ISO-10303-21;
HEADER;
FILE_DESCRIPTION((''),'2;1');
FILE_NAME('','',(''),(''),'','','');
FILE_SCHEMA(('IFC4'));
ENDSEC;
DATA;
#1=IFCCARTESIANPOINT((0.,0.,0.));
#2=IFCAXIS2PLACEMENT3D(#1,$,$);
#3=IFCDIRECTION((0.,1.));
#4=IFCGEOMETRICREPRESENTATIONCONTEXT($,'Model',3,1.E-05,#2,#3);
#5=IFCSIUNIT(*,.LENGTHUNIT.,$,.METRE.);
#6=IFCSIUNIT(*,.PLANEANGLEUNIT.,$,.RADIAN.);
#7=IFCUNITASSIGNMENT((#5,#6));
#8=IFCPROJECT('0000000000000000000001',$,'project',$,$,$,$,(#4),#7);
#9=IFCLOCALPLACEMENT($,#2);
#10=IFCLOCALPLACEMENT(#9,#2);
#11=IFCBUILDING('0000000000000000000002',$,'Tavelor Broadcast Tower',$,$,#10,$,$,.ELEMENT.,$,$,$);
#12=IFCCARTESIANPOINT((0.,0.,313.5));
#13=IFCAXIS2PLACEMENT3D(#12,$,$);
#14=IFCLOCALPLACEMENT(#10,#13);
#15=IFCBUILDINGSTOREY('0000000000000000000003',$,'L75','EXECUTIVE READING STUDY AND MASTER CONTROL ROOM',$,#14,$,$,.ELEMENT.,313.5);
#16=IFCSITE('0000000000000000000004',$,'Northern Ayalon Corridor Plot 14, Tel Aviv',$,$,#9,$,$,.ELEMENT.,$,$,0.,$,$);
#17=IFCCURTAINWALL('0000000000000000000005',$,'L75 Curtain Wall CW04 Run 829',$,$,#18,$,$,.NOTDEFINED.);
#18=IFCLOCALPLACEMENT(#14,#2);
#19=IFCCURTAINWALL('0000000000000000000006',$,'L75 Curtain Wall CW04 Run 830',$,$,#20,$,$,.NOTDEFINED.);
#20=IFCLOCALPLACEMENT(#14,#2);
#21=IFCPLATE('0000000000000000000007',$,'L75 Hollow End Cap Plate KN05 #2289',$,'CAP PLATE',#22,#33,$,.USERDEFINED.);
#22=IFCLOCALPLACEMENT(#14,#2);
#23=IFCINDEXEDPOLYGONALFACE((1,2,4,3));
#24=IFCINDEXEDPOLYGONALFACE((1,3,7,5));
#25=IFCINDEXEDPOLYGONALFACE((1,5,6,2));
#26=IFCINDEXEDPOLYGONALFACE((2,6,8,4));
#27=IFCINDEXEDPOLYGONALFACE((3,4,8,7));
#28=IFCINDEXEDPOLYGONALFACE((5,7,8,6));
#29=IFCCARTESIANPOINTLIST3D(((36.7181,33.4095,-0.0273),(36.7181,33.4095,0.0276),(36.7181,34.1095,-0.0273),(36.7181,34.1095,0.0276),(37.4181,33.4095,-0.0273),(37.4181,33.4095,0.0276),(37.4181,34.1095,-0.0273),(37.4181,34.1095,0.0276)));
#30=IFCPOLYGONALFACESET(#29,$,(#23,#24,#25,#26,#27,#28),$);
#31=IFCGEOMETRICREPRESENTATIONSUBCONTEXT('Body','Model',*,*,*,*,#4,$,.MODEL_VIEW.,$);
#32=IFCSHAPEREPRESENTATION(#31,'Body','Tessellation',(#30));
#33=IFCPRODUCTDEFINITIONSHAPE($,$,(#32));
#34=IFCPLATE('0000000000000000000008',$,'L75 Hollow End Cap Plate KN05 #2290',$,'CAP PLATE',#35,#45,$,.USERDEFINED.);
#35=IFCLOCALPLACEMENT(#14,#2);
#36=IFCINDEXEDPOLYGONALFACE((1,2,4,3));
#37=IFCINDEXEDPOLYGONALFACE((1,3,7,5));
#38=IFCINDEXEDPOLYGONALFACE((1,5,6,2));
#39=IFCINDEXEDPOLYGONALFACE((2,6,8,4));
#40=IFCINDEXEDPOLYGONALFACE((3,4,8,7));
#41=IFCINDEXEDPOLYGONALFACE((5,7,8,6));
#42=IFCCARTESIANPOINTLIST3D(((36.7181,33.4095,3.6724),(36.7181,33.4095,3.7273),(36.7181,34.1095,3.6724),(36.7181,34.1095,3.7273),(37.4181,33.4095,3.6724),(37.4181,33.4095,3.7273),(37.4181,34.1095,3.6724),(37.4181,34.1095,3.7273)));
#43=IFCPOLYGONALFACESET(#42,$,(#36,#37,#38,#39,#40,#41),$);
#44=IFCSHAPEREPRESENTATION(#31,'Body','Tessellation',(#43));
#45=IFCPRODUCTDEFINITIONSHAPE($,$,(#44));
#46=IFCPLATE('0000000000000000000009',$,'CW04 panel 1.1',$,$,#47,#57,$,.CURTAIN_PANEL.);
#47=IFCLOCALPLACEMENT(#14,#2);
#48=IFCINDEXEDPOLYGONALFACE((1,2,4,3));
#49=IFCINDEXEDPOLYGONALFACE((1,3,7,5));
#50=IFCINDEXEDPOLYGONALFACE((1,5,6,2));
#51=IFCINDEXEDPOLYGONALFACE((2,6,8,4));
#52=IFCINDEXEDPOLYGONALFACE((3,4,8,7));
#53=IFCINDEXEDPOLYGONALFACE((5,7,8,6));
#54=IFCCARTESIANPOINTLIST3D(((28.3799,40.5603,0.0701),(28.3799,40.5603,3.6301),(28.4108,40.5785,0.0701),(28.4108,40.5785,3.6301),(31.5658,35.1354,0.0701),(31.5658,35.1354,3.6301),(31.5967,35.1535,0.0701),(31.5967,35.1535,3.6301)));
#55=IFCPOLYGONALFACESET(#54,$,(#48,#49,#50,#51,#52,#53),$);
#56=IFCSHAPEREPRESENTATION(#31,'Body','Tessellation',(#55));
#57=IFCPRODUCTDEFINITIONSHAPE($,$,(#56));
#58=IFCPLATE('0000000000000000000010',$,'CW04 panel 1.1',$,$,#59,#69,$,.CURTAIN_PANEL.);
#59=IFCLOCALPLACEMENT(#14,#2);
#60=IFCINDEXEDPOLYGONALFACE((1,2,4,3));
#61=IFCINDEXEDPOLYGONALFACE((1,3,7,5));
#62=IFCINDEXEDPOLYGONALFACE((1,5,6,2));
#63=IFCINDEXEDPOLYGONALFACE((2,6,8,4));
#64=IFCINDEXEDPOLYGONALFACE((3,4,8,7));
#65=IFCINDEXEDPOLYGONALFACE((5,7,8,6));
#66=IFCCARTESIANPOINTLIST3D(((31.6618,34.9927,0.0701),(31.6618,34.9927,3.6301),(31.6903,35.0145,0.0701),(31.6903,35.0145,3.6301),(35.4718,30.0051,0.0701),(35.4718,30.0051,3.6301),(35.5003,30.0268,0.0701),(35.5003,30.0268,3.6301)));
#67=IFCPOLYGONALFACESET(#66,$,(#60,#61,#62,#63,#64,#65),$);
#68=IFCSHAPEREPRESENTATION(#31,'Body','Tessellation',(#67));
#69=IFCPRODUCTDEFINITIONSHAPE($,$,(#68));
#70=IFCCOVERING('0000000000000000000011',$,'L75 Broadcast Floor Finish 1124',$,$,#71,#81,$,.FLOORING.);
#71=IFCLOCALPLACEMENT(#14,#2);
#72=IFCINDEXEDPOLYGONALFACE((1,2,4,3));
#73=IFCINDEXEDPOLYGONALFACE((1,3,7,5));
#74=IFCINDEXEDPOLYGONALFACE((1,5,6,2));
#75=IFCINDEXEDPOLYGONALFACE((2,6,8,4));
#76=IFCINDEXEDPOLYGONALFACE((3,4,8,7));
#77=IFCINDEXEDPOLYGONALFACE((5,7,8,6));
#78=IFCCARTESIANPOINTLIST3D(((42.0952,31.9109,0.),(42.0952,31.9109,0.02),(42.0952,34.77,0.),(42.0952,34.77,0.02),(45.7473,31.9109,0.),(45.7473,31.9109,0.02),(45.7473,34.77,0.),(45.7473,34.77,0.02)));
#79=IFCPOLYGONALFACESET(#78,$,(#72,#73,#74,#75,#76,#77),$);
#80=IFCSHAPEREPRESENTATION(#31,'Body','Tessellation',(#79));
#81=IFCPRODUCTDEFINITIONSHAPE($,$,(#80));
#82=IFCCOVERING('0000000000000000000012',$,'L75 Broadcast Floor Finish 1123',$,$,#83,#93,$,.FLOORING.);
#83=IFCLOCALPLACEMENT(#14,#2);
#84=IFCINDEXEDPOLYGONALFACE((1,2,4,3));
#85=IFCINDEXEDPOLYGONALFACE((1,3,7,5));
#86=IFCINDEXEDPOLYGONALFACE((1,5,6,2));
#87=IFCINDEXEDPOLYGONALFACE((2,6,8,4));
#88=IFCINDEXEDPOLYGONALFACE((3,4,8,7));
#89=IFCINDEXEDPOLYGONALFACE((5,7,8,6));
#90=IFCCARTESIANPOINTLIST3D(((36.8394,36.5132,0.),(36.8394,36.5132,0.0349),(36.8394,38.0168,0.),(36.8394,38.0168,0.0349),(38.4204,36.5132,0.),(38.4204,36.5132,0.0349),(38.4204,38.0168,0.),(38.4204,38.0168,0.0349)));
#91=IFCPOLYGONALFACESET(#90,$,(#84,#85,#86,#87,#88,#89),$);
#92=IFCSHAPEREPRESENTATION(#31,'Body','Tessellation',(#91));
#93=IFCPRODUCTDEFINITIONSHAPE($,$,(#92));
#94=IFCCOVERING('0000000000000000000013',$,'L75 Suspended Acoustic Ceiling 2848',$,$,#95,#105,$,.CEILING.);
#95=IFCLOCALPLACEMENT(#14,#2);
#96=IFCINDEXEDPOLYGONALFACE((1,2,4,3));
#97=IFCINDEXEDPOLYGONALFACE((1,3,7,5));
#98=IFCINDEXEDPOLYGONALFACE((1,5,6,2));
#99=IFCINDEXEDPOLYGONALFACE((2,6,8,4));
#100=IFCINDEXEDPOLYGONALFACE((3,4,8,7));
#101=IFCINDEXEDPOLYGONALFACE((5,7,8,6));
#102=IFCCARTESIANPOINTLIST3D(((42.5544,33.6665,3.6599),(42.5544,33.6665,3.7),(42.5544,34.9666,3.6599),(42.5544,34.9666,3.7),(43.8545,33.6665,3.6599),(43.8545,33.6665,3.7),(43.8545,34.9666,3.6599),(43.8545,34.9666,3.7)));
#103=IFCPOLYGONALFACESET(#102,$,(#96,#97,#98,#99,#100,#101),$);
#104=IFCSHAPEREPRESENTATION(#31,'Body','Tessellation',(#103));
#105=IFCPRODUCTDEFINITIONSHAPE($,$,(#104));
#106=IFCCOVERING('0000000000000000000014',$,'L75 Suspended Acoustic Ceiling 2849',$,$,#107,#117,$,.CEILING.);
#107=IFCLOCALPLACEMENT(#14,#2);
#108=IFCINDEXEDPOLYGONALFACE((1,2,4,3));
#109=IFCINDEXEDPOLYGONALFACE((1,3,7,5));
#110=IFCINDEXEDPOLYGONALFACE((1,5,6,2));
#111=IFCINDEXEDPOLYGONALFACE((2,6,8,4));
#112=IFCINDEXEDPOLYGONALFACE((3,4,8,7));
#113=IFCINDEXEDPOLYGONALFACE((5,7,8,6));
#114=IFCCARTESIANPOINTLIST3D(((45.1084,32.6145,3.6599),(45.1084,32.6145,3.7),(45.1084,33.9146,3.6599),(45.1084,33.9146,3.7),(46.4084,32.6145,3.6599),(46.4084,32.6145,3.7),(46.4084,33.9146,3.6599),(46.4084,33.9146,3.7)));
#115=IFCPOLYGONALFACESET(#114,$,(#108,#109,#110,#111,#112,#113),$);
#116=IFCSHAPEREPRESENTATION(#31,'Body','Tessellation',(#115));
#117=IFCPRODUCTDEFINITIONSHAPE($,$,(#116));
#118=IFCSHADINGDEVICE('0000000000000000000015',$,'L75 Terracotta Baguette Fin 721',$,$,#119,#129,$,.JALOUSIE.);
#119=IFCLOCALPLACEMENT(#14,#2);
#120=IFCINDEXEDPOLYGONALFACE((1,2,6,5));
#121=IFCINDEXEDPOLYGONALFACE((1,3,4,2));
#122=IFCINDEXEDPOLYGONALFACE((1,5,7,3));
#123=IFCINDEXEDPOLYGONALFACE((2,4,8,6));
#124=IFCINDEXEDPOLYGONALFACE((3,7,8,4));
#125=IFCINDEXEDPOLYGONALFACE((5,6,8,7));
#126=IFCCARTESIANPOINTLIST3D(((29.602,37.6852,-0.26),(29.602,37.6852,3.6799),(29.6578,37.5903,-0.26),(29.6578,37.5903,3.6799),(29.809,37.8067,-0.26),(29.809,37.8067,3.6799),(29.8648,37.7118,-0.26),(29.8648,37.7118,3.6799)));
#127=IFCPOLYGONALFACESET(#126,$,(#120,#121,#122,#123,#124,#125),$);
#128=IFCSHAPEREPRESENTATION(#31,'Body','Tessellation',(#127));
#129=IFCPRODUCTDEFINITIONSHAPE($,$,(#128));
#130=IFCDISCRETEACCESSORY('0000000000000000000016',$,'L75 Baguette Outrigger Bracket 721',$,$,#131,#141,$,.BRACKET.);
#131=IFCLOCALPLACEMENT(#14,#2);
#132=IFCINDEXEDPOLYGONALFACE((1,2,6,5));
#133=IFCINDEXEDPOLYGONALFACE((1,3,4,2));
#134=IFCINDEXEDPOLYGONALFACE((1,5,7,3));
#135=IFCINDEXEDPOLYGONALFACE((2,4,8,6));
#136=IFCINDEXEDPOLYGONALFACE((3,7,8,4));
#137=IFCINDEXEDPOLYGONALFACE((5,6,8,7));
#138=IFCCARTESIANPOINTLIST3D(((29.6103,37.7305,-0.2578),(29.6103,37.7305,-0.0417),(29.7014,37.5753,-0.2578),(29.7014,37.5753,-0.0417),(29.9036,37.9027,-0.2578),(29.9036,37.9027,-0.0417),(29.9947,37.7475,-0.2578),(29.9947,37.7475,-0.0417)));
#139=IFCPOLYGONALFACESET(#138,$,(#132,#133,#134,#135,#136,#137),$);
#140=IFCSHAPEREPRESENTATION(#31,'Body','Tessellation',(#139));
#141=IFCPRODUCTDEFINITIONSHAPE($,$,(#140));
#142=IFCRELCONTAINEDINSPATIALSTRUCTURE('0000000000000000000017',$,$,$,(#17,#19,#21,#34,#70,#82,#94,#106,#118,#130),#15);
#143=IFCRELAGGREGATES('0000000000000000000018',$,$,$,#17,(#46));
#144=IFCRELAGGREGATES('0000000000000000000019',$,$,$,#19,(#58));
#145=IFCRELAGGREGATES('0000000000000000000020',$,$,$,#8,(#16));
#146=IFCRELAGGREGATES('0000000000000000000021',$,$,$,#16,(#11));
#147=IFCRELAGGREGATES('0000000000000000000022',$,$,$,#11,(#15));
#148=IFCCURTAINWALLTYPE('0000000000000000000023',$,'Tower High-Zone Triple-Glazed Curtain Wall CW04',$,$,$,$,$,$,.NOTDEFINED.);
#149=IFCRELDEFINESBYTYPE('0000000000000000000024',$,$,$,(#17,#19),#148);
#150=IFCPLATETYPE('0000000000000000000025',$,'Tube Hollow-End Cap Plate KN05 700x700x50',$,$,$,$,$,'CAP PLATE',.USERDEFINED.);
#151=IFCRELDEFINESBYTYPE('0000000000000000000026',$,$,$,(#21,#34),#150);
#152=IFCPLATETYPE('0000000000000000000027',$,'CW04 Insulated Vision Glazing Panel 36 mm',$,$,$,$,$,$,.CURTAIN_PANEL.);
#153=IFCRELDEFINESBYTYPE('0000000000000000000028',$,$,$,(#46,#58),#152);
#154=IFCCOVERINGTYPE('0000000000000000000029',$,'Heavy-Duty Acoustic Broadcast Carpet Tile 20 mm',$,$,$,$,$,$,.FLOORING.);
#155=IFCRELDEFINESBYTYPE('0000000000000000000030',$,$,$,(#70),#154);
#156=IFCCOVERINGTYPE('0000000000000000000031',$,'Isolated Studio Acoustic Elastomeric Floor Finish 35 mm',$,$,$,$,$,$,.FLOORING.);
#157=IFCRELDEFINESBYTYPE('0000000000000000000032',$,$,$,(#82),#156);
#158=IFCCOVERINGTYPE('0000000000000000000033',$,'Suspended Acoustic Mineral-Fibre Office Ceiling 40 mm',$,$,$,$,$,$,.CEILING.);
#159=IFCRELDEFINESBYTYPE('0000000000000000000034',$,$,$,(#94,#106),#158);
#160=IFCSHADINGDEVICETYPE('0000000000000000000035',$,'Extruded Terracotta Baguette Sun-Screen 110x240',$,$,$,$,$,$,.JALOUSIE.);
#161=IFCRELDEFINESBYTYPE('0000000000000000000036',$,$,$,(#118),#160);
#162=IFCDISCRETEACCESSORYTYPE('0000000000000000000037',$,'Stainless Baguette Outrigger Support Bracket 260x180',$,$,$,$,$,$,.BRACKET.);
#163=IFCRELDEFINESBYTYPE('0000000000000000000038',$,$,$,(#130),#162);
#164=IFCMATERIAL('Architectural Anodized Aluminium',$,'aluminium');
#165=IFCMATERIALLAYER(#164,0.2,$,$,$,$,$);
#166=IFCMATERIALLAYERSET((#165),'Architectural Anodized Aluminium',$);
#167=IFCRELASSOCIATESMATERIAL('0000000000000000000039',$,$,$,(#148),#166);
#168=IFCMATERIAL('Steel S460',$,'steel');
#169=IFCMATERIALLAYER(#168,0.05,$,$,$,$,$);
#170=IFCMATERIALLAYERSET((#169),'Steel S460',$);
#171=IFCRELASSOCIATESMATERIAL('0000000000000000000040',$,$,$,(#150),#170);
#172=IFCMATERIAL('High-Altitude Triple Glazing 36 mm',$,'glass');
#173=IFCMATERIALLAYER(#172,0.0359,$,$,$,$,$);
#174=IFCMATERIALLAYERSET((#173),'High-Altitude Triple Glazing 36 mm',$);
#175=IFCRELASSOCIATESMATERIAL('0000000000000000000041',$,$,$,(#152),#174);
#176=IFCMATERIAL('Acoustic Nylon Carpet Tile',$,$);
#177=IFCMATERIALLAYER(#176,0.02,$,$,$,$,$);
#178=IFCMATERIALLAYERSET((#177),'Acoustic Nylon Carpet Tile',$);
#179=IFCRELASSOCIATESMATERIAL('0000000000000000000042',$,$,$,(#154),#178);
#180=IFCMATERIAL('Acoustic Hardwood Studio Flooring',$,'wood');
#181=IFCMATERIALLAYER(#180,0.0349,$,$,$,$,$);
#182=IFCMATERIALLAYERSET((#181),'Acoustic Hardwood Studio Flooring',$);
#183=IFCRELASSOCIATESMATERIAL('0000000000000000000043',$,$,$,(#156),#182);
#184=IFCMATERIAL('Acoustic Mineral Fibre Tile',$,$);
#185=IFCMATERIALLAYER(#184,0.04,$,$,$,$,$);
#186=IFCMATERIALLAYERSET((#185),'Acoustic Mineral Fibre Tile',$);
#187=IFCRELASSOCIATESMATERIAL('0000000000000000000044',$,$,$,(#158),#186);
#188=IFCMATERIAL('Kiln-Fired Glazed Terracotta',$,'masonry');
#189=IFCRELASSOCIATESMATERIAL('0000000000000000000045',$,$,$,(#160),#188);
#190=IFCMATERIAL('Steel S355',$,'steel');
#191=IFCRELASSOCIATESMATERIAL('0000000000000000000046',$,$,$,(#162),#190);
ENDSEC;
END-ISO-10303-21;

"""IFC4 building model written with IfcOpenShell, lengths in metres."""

from ifc_helpers import new_model, si_unit, direction, frame, origin, origin_2d, place, context, subcontext, project, spatial, polyline, rectangle, outline, extrude, source, transform, mapped, material, layer, layer_set, type_object, type_shapes, element, aggregate, save


model = new_model("IFC4")

# Units and contexts
model_context = context("Model", 3, precision=1e-05, world=origin(), true_north=direction((0.0, 1.0)))
body_context = subcontext(model_context, "Body", "Model", "MODEL_VIEW")
ifc_project = project(units=[si_unit("LENGTHUNIT", "METRE"), si_unit("PLANEANGLEUNIT", "RADIAN")], contexts=[model_context])

# Site, building, storey
site_placement = place(None, origin())
site = spatial("IfcSite", under=ifc_project, at=site_placement, Name="Northern Ayalon Corridor Plot 14, Tel Aviv", CompositionType="ELEMENT", RefElevation=0.0)
building_placement = place(site_placement, origin())
building = spatial("IfcBuilding", under=site, at=building_placement, Name="Tavelor Broadcast Tower", CompositionType="ELEMENT")
storey_placement = place(building_placement, frame((0.0, 0.0, 313.5)))
storey = spatial("IfcBuildingStorey", under=building, at=storey_placement, Name="L75", Description="EXECUTIVE READING STUDY AND MASTER CONTROL ROOM", CompositionType="ELEMENT", Elevation=313.5)

# Shared definitions
ifc_material_1 = material(Name="Steel S460", Category="steel")

# Shared definitions
ifc_material_2 = material(Name="Steel S355", Category="steel")

# Curtain wall
ifc_material_3 = material(Name="Architectural Anodized Aluminium", Category="aluminium")
ifc_layer_1 = layer(ifc_material_3, 0.2)
ifc_layer_set_1 = layer_set([ifc_layer_1], Name="Architectural Anodized Aluminium")
curtain_wall_type = type_object("IfcCurtainWallType", Name="Tower High-Zone Triple-Glazed Curtain Wall CW04", PredefinedType="NOTDEFINED", material=ifc_layer_set_1)
curtain_wall_1_placement = place(storey_placement, origin())
curtain_wall_1 = element("IfcCurtainWall", 1, at=curtain_wall_1_placement, inside=storey, type_object=curtain_wall_type, Name="L75 Curtain Wall CW04 Run 829", PredefinedType="NOTDEFINED")

# Curtain wall
curtain_wall_2_placement = place(storey_placement, origin())
curtain_wall_2 = element("IfcCurtainWall", 2, at=curtain_wall_2_placement, inside=storey, type_object=curtain_wall_type, Name="L75 Curtain Wall CW04 Run 830", PredefinedType="NOTDEFINED")

# Plates
ifc_layer_2 = layer(ifc_material_1, 0.05)
ifc_layer_set_2 = layer_set([ifc_layer_2], Name="Steel S460")
plate_type_1 = type_object("IfcPlateType", Name="Tube Hollow-End Cap Plate KN05 700x700x50", ElementType="CAP PLATE", PredefinedType="USERDEFINED", material=ifc_layer_set_2)
shared_shape_1 = source(origin(), body_context, "Body", "SweptSolid", [
    extrude(rectangle(XDim=0.7, YDim=0.7, at=origin_2d()), origin(), (0.0, 0.0, 1.0), 0.0549),
])
type_shapes(plate_type_1, [shared_shape_1])
for number, where, z_axis, x_axis, name in (
    (3, (37.0681, 33.7595, -0.0273), (0.0, 0.0, 1.0), (1.0, 0.0, 0.0), "L75 Hollow End Cap Plate KN05 #2289"),
    (4, (37.0681, 33.7595, 3.6724), (0.0, 0.0, 1.0), (1.0, 0.0, 0.0), "L75 Hollow End Cap Plate KN05 #2290"),
):
    element("IfcPlate", number, at=place(storey_placement, frame(where, z_axis=z_axis, x_axis=x_axis)), inside=storey, type_object=plate_type_1, Name=name, ObjectType="CAP PLATE", PredefinedType="USERDEFINED", context=body_context, shape_type="MappedRepresentation", body=[
        mapped(shared_shape_1, transform((0.0, 0.0, 0.0), scale=1.0)),
    ])

# Plates
ifc_material_4 = material(Name="High-Altitude Triple Glazing 36 mm", Category="glass")
ifc_layer_3 = layer(ifc_material_4, 0.0359)
ifc_layer_set_3 = layer_set([ifc_layer_3], Name="High-Altitude Triple Glazing 36 mm")
plate_type_2 = type_object("IfcPlateType", Name="CW04 Insulated Vision Glazing Panel 36 mm", PredefinedType="CURTAIN_PANEL", material=ifc_layer_set_3)
shared_shape_2 = source(origin(), body_context, "Body", "SweptSolid", [
    extrude(rectangle(XDim=6.2913, YDim=0.0359, at=origin_2d()), origin(), (0.0, 0.0, 1.0), 3.5601),
])
plate_1_placement = place(storey_placement, frame((29.9883, 37.8569, 0.0701), z_axis=(0.0, 0.0, 1.0), x_axis=(0.506399, -0.862299, 0.0)))
plate_1 = element("IfcPlate", 5, at=plate_1_placement, type_object=plate_type_2, Name="CW04 panel 1.1", PredefinedType="CURTAIN_PANEL", context=body_context, shape_type="MappedRepresentation", body=[
    mapped(shared_shape_2, transform((0.0, 0.0, 0.0), scale=1.0)),
])
aggregate(curtain_wall_1, [plate_1])
shared_shape_3 = source(origin(), body_context, "Body", "SweptSolid", [
    extrude(rectangle(XDim=6.2764, YDim=0.0359, at=origin_2d()), origin(), (0.0, 0.0, 1.0), 3.5601),
])
type_shapes(plate_type_2, [shared_shape_2, shared_shape_3])
plate_2_placement = place(storey_placement, frame((33.5811, 32.5098, 0.0701), z_axis=(0.0, 0.0, 1.0), x_axis=(0.607041, -0.79467, 0.0)))
plate_2 = element("IfcPlate", 6, at=plate_2_placement, type_object=plate_type_2, Name="CW04 panel 1.1", PredefinedType="CURTAIN_PANEL", context=body_context, shape_type="MappedRepresentation", body=[
    mapped(shared_shape_3, transform((0.0, 0.0, 0.0), scale=1.0)),
])
aggregate(curtain_wall_2, [plate_2])

# Coverings
ifc_material_5 = material(Name="Acoustic Nylon Carpet Tile")
ifc_layer_4 = layer(ifc_material_5, 0.02)
ifc_layer_set_4 = layer_set([ifc_layer_4], Name="Acoustic Nylon Carpet Tile")
covering_type_1 = type_object("IfcCoveringType", Name="Heavy-Duty Acoustic Broadcast Carpet Tile 20 mm", PredefinedType="FLOORING", material=ifc_layer_set_4)
covering_1_placement = place(storey_placement, origin())
element("IfcCovering", 7, at=covering_1_placement, inside=storey, type_object=covering_type_1, Name="L75 Broadcast Floor Finish 1124", PredefinedType="FLOORING", context=body_context, shape_type="SweptSolid", body=[
    extrude(outline(polyline([(42.0952, 31.9109), (45.7473, 31.9109), (45.7473, 34.77), (42.0952, 34.77), (42.0952, 31.9109)])), origin(), (0.0, 0.0, 1.0), 0.02),
])
ifc_material_6 = material(Name="Acoustic Hardwood Studio Flooring", Category="wood")
ifc_layer_5 = layer(ifc_material_6, 0.0349)
ifc_layer_set_5 = layer_set([ifc_layer_5], Name="Acoustic Hardwood Studio Flooring")
covering_type_2 = type_object("IfcCoveringType", Name="Isolated Studio Acoustic Elastomeric Floor Finish 35 mm", PredefinedType="FLOORING", material=ifc_layer_set_5)
covering_2_placement = place(storey_placement, origin())
element("IfcCovering", 8, at=covering_2_placement, inside=storey, type_object=covering_type_2, Name="L75 Broadcast Floor Finish 1123", PredefinedType="FLOORING", context=body_context, shape_type="SweptSolid", body=[
    extrude(outline(polyline([(36.8394, 36.5132), (38.4204, 36.5132), (38.4204, 38.0168), (36.8394, 38.0168), (36.8394, 36.5132)])), origin(), (0.0, 0.0, 1.0), 0.0349),
])
ifc_material_7 = material(Name="Acoustic Mineral Fibre Tile")
ifc_layer_6 = layer(ifc_material_7, 0.04)
ifc_layer_set_6 = layer_set([ifc_layer_6], Name="Acoustic Mineral Fibre Tile")
covering_type_3 = type_object("IfcCoveringType", Name="Suspended Acoustic Mineral-Fibre Office Ceiling 40 mm", PredefinedType="CEILING", material=ifc_layer_set_6)
covering_3_placement = place(storey_placement, frame((0.0, 0.0, 3.6599)))
element("IfcCovering", 9, at=covering_3_placement, inside=storey, type_object=covering_type_3, Name="L75 Suspended Acoustic Ceiling 2848", PredefinedType="CEILING", context=body_context, shape_type="SweptSolid", body=[
    extrude(outline(polyline([(42.5544, 33.6665), (43.8545, 33.6665), (43.8545, 34.9666), (42.5544, 34.9666), (42.5544, 33.6665)])), origin(), (0.0, 0.0, 1.0), 0.04),
])
covering_4_placement = place(storey_placement, frame((0.0, 0.0, 3.6599)))
element("IfcCovering", 10, at=covering_4_placement, inside=storey, type_object=covering_type_3, Name="L75 Suspended Acoustic Ceiling 2849", PredefinedType="CEILING", context=body_context, shape_type="SweptSolid", body=[
    extrude(outline(polyline([(45.1084, 32.6145), (46.4084, 32.6145), (46.4084, 33.9146), (45.1084, 33.9146), (45.1084, 32.6145)])), origin(), (0.0, 0.0, 1.0), 0.04),
])

# Shading device
ifc_material_8 = material(Name="Kiln-Fired Glazed Terracotta", Category="masonry")
shading_device_type = type_object("IfcShadingDeviceType", Name="Extruded Terracotta Baguette Sun-Screen 110x240", PredefinedType="JALOUSIE", material=ifc_material_8)
shared_shape_4 = source(origin(), body_context, "Body", "SweptSolid", [
    extrude(rectangle(XDim=0.1101, YDim=0.24, at=origin_2d()), origin(), (0.0, 0.0, 1.0), 3.9399),
])
type_shapes(shading_device_type, [shared_shape_4])
shading_device_placement = place(storey_placement, frame((29.7334, 37.6985, -0.26), z_axis=(0.0, 0.0, 1.0), x_axis=(0.506335, -0.862337, 0.0)))
element("IfcShadingDevice", 11, at=shading_device_placement, inside=storey, type_object=shading_device_type, Name="L75 Terracotta Baguette Fin 721", PredefinedType="JALOUSIE", context=body_context, shape_type="MappedRepresentation", body=[
    mapped(shared_shape_4, transform((0.0, 0.0, 0.0), scale=1.0)),
])

# Discrete accessory
discrete_accessory_type = type_object("IfcDiscreteAccessoryType", Name="Stainless Baguette Outrigger Support Bracket 260x180", PredefinedType="BRACKET", material=ifc_material_2)
shared_shape_5 = source(origin(), body_context, "Body", "SweptSolid", [
    extrude(rectangle(XDim=0.1799, YDim=0.3401, at=origin_2d()), origin(), (0.0, 0.0, 1.0), 0.2161),
])
type_shapes(discrete_accessory_type, [shared_shape_5])
discrete_accessory_placement = place(storey_placement, frame((29.8025, 37.739, -0.2578), z_axis=(0.0, 0.0, 1.0), x_axis=(0.506335, -0.862337, 0.0)))
element("IfcDiscreteAccessory", 12, at=discrete_accessory_placement, inside=storey, type_object=discrete_accessory_type, Name="L75 Baguette Outrigger Bracket 721", PredefinedType="BRACKET", context=body_context, shape_type="MappedRepresentation", body=[
    mapped(shared_shape_5, transform((0.0, 0.0, 0.0), scale=1.0)),
])

save(model, "model.ifc")
